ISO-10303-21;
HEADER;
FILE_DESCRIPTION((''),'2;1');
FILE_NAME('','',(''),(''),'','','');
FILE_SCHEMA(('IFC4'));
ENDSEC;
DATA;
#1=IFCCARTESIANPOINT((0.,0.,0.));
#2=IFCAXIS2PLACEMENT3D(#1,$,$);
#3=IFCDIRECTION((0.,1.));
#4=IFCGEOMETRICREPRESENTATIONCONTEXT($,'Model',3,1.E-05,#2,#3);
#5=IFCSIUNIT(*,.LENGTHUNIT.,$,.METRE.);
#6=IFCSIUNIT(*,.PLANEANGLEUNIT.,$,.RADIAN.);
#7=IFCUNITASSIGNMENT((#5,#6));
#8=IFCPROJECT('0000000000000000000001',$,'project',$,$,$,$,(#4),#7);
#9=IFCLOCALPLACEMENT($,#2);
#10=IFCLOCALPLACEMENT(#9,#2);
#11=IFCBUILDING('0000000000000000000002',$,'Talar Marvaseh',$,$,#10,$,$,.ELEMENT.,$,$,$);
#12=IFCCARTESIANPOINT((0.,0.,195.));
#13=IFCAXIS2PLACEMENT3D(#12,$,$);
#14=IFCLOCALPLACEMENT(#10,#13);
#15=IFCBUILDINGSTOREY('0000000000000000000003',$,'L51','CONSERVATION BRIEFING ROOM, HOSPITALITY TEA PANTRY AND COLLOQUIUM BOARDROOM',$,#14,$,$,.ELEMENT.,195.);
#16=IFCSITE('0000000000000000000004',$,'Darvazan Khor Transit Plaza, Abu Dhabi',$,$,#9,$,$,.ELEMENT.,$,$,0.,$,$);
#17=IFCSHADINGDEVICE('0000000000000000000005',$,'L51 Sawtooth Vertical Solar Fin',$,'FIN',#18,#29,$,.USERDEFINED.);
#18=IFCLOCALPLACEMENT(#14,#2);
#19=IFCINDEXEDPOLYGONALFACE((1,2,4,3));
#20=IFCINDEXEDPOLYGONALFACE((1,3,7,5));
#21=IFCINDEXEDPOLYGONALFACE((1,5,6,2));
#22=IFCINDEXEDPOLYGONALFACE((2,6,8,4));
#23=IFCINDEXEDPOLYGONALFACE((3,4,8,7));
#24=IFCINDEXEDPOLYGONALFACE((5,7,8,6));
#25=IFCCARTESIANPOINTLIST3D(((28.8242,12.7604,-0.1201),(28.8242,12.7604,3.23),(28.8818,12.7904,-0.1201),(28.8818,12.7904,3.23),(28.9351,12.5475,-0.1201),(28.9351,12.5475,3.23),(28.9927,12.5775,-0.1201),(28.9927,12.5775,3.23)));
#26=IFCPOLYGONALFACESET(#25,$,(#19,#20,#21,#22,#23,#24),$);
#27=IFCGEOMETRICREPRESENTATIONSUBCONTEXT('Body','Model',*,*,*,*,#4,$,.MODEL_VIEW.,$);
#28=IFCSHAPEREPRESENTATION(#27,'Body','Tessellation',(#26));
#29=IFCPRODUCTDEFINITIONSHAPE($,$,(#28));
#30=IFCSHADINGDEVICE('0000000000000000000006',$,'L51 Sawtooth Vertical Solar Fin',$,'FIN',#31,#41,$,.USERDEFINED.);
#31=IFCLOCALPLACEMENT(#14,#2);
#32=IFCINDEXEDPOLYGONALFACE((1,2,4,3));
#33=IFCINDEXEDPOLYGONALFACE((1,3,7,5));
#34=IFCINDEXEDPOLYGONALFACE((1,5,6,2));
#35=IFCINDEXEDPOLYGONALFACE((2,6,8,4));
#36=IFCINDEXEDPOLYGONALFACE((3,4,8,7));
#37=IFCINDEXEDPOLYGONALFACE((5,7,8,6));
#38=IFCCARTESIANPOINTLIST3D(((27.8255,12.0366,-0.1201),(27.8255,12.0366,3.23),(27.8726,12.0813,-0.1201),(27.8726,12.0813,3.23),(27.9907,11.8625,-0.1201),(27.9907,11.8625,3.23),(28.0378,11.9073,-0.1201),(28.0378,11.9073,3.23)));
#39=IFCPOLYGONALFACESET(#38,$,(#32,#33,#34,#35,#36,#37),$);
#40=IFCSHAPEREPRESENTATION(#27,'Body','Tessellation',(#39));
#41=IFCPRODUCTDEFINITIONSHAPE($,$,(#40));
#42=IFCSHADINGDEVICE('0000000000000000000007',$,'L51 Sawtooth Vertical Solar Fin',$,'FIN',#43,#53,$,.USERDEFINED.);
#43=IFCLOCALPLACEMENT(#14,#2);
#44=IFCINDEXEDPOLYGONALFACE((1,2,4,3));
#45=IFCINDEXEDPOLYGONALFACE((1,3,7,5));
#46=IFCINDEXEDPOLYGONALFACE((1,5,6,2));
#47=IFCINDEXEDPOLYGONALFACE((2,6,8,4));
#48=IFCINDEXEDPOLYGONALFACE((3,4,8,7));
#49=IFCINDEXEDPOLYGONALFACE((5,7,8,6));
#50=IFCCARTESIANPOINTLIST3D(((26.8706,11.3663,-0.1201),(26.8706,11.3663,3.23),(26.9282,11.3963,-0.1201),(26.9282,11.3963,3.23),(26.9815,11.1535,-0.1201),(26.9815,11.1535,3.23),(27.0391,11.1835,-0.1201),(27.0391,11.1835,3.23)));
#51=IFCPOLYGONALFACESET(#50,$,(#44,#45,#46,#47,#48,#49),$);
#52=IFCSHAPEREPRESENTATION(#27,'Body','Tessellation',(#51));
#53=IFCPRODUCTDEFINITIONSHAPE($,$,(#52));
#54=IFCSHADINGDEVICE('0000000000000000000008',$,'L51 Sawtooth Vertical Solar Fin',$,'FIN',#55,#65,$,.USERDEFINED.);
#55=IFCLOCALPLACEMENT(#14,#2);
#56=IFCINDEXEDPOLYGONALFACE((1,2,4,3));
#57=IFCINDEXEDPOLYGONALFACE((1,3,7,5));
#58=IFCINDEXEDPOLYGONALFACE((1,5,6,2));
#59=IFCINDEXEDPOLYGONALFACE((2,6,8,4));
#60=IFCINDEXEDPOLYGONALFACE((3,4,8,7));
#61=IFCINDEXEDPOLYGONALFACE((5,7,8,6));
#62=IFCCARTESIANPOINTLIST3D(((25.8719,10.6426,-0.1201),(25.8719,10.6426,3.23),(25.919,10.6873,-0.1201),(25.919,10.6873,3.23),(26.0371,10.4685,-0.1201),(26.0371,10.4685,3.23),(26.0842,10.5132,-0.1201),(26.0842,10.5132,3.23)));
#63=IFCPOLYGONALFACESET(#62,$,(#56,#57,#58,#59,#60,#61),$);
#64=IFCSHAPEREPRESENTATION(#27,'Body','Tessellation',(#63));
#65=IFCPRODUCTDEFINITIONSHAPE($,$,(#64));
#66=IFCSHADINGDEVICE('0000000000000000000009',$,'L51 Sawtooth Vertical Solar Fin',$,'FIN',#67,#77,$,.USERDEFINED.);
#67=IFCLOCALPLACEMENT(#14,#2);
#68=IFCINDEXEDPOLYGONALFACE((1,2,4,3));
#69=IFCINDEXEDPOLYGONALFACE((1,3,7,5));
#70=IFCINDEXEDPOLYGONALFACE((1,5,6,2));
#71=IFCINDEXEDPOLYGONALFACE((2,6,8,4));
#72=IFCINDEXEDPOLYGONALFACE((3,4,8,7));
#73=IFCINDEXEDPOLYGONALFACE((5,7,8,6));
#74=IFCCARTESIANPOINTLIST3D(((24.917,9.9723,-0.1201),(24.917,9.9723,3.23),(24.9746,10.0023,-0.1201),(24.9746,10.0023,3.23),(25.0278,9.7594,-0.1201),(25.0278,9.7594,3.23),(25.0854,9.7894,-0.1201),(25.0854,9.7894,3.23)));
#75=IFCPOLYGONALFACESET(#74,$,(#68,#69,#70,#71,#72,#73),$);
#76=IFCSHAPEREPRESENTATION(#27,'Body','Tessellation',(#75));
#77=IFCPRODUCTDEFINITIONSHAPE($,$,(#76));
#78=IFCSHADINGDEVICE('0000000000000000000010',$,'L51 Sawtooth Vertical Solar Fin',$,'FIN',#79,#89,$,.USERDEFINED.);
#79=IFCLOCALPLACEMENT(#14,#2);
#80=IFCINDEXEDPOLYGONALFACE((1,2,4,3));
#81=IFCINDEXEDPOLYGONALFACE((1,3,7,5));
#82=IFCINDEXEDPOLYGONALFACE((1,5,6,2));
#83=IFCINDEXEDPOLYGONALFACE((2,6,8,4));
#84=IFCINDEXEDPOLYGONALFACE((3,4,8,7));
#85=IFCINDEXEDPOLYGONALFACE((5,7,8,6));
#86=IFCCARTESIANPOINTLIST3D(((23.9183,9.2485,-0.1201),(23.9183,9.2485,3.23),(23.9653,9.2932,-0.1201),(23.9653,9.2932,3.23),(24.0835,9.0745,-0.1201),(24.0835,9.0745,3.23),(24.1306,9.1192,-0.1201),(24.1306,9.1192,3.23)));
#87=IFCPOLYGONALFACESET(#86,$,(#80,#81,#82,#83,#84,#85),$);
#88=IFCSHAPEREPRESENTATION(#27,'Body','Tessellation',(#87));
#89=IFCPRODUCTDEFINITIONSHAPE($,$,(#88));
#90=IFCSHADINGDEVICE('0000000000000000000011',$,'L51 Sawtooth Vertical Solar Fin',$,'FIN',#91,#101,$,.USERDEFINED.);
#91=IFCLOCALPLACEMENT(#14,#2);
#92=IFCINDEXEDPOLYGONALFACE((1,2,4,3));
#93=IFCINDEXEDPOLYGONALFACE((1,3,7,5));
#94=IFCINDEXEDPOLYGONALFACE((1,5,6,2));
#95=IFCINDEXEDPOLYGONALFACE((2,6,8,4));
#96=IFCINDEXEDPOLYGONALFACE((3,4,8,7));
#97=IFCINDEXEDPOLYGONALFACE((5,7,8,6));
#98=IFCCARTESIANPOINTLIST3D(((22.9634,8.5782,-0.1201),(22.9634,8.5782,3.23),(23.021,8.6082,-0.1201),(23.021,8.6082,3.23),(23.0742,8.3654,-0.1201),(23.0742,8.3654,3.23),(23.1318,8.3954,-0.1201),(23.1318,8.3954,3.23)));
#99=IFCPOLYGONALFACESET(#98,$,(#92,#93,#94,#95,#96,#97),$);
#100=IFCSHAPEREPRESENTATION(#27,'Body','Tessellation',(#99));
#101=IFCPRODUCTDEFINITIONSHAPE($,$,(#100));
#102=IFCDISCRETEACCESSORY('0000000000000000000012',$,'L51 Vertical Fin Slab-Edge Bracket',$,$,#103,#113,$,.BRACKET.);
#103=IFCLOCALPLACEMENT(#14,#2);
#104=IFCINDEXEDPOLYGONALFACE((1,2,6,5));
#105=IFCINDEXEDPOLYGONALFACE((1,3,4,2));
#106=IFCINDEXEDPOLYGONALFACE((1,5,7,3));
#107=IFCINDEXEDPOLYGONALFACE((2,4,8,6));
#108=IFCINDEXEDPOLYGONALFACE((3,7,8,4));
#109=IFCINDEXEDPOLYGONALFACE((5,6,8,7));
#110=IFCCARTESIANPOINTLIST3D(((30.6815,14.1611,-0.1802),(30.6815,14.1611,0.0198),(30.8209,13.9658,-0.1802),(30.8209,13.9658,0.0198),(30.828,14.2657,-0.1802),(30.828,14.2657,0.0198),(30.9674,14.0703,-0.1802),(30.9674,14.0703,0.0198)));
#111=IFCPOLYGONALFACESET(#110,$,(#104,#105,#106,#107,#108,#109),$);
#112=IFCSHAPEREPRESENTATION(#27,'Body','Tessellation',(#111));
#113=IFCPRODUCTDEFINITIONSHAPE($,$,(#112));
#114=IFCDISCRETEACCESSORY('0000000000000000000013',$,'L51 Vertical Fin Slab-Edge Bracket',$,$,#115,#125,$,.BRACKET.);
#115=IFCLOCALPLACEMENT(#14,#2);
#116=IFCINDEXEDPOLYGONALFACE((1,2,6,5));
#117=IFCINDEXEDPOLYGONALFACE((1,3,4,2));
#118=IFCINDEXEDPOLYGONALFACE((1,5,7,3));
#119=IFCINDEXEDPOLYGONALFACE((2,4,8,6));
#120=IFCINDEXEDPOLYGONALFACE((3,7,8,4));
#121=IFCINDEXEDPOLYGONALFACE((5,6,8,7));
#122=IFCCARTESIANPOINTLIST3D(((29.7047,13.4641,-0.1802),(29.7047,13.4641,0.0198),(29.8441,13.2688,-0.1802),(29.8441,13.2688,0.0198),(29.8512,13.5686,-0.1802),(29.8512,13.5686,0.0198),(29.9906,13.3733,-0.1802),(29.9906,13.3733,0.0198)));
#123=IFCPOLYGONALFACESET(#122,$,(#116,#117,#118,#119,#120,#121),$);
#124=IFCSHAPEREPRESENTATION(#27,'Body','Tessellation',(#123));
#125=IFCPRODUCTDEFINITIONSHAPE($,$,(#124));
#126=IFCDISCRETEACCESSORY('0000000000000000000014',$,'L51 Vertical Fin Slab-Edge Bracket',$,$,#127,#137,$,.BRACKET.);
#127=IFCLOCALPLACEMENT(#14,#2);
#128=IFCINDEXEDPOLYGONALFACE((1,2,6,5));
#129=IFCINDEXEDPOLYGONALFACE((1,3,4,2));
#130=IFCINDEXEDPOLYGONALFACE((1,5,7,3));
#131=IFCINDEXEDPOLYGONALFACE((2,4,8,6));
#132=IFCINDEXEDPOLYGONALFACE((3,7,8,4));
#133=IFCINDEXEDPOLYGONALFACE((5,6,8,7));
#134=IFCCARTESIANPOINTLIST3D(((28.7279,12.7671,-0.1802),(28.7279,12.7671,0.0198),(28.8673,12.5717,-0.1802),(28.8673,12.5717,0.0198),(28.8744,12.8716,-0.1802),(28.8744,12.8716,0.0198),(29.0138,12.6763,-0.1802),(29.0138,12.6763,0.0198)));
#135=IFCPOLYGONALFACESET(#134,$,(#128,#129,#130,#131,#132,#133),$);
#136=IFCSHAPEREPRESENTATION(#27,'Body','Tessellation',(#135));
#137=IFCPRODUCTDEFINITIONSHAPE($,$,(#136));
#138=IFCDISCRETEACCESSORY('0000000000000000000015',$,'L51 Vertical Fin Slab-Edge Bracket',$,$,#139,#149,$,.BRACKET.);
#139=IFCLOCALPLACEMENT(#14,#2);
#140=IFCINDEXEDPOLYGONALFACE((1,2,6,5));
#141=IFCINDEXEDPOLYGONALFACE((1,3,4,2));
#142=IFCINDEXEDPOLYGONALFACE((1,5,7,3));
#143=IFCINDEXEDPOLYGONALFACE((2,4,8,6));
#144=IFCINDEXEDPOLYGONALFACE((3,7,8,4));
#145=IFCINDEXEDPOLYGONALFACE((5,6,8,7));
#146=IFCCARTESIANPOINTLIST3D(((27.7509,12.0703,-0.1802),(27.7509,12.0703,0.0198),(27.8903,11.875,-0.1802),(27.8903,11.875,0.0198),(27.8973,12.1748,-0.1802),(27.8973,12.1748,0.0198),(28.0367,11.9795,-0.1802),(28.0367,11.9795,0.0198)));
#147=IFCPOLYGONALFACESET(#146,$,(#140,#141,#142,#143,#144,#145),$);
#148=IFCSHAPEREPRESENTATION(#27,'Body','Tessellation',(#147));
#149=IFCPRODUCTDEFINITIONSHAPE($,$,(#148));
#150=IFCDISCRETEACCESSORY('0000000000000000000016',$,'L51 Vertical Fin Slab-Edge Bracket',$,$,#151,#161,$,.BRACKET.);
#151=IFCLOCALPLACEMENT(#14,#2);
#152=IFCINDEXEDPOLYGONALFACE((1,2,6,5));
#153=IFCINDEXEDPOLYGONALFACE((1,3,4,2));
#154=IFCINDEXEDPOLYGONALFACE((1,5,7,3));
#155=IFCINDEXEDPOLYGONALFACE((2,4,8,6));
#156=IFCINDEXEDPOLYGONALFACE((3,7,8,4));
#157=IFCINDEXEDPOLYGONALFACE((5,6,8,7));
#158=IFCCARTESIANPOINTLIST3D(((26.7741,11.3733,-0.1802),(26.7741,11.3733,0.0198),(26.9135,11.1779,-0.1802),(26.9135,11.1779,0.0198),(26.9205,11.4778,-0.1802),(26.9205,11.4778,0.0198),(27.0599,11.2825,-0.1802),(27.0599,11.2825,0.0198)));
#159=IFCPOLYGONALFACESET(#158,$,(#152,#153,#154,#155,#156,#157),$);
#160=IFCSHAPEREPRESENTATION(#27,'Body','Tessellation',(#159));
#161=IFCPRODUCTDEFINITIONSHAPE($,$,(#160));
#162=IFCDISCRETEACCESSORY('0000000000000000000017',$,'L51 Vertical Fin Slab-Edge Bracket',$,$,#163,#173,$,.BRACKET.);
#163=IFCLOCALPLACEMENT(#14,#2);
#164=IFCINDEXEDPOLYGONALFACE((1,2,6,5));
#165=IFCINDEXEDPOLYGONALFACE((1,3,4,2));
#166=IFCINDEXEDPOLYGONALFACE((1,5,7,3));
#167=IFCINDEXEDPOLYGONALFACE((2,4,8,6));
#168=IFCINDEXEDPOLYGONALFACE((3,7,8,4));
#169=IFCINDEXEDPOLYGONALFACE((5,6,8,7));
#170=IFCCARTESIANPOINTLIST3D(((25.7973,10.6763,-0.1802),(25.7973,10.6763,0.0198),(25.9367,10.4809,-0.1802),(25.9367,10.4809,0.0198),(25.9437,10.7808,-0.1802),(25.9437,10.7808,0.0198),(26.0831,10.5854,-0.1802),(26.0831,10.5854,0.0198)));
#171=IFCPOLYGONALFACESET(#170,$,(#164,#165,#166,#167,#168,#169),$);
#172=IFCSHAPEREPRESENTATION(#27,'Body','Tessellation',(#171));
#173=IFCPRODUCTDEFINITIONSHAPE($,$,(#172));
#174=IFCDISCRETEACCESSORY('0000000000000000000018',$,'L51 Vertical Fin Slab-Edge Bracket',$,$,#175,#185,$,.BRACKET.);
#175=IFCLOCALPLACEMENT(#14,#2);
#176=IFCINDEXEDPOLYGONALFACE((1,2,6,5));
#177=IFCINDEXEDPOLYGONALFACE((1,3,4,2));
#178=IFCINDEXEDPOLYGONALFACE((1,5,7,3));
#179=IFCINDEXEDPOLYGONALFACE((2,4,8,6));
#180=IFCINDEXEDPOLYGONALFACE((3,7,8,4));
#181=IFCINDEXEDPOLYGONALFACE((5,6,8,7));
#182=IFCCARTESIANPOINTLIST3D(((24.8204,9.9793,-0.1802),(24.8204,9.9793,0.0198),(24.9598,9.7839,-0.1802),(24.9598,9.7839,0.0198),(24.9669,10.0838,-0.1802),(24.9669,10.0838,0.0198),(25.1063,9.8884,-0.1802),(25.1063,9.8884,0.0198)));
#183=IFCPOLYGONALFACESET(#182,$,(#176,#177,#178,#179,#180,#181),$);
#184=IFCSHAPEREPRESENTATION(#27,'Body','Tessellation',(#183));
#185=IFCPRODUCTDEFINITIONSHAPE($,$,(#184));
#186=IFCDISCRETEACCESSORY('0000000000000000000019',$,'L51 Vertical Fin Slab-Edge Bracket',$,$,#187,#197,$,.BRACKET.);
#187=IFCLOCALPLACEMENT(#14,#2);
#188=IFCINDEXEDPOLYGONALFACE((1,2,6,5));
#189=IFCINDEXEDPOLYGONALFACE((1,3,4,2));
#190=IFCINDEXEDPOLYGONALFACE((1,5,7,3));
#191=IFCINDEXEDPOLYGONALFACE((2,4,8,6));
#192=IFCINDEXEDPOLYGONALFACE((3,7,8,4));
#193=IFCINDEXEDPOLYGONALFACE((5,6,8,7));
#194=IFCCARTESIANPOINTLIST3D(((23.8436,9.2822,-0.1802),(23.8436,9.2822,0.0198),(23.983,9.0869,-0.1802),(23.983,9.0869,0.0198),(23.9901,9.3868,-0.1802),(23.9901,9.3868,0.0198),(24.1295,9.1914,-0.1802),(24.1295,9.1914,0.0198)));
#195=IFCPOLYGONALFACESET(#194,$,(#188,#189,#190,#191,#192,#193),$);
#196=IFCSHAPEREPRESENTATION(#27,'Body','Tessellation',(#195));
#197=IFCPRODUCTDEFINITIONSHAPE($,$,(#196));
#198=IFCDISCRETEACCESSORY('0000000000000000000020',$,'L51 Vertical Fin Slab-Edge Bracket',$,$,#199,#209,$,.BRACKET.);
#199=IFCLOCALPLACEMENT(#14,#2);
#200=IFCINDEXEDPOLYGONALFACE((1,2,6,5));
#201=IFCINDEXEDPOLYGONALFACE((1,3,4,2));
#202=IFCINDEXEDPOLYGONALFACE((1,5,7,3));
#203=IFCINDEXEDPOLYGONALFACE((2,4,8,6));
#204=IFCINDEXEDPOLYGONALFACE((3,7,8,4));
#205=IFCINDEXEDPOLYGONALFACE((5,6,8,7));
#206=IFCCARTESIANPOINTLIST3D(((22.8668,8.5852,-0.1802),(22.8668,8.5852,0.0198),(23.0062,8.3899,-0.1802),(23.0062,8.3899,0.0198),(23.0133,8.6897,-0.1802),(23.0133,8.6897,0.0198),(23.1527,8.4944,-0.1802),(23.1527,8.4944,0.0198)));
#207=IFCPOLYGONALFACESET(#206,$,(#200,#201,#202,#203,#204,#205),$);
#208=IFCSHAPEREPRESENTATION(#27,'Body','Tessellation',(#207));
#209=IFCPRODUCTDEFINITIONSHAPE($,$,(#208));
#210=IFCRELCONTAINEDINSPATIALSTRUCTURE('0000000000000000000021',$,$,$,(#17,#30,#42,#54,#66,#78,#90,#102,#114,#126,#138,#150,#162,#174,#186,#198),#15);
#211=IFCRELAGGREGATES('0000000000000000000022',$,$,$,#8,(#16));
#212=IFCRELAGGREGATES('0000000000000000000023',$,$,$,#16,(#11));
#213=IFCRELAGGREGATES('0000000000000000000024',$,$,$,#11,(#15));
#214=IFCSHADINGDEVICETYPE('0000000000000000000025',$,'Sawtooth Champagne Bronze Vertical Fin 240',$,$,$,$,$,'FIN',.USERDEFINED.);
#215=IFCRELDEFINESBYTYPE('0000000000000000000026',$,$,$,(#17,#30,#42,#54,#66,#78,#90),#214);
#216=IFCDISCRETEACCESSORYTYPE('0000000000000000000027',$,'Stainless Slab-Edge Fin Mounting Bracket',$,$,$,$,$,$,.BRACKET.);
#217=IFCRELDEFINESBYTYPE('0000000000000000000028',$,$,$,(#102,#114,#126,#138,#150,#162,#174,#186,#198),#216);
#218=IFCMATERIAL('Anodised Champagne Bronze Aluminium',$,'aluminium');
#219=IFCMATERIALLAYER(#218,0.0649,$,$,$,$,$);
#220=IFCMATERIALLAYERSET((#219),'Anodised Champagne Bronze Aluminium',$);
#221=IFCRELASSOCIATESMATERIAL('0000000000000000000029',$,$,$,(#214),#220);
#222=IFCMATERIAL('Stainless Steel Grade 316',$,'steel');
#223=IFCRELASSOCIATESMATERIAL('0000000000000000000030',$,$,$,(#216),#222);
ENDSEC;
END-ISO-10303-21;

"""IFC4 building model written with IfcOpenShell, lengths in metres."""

from ifc_helpers import new_model, si_unit, direction, frame, origin, origin_2d, place, context, subcontext, project, spatial, rectangle, extrude, source, transform, mapped, material, layer, layer_set, type_object, type_shapes, element, save


model = new_model("IFC4")

# Units and contexts
model_context = context("Model", 3, precision=1e-05, world=origin(), true_north=direction((0.0, 1.0)))
body_context = subcontext(model_context, "Body", "Model", "MODEL_VIEW")
ifc_project = project(units=[si_unit("LENGTHUNIT", "METRE"), si_unit("PLANEANGLEUNIT", "RADIAN")], contexts=[model_context])

# Site, building, storey
site_placement = place(None, origin())
site = spatial("IfcSite", under=ifc_project, at=site_placement, Name="Darvazan Khor Transit Plaza, Abu Dhabi", CompositionType="ELEMENT", RefElevation=0.0)
building_placement = place(site_placement, origin())
building = spatial("IfcBuilding", under=site, at=building_placement, Name="Talar Marvaseh", CompositionType="ELEMENT")
storey_placement = place(building_placement, frame((0.0, 0.0, 195.0)))
storey = spatial("IfcBuildingStorey", under=building, at=storey_placement, Name="L51", Description="CONSERVATION BRIEFING ROOM, HOSPITALITY TEA PANTRY AND COLLOQUIUM BOARDROOM", CompositionType="ELEMENT", Elevation=195.0)

# Shading devices
ifc_material_1 = material(Name="Anodised Champagne Bronze Aluminium", Category="aluminium")
ifc_layer_1 = layer(ifc_material_1, 0.0649)
ifc_layer_set_1 = layer_set([ifc_layer_1], Name="Anodised Champagne Bronze Aluminium")
shading_device_type = type_object("IfcShadingDeviceType", Name="Sawtooth Champagne Bronze Vertical Fin 240", ElementType="FIN", PredefinedType="USERDEFINED", material=ifc_layer_set_1)
shared_shape_1 = source(origin(), body_context, "Body", "SweptSolid", [
    extrude(rectangle(XDim=0.24, YDim=0.0649, at=origin_2d()), origin(), (0.0, 0.0, 1.0), 3.3501),
])
type_shapes(shading_device_type, [shared_shape_1])
for number, where, z_axis, x_axis, name in (
    (1, (28.9084, 12.6689, -0.1201), (0.0, 0.0, 1.0), (0.461903, -0.88693, 0.0), "L51 Sawtooth Vertical Solar Fin"),
    (2, (27.9316, 11.9719, -0.1201), (0.0, 0.0, 1.0), (0.688481, -0.725254, 0.0), "L51 Sawtooth Vertical Solar Fin"),
    (3, (26.9548, 11.2749, -0.1201), (0.0, 0.0, 1.0), (0.461903, -0.88693, 0.0), "L51 Sawtooth Vertical Solar Fin"),
    (4, (25.978, 10.5779, -0.1201), (0.0, 0.0, 1.0), (0.688481, -0.725254, 0.0), "L51 Sawtooth Vertical Solar Fin"),
    (5, (25.0012, 9.8809, -0.1201), (0.0, 0.0, 1.0), (0.461903, -0.88693, 0.0), "L51 Sawtooth Vertical Solar Fin"),
    (6, (24.0244, 9.1838, -0.1201), (0.0, 0.0, 1.0), (0.688481, -0.725254, 0.0), "L51 Sawtooth Vertical Solar Fin"),
    (7, (23.0476, 8.4868, -0.1201), (0.0, 0.0, 1.0), (0.461903, -0.88693, 0.0), "L51 Sawtooth Vertical Solar Fin"),
):
    element("IfcShadingDevice", number, at=place(storey_placement, frame(where, z_axis=z_axis, x_axis=x_axis)), inside=storey, type_object=shading_device_type, Name=name, ObjectType="FIN", PredefinedType="USERDEFINED", context=body_context, shape_type="MappedRepresentation", body=[
        mapped(shared_shape_1, transform((0.0, 0.0, 0.0), x_axis=(1.0, 0.0, 0.0), y_axis=(0.0, 1.0, 0.0), z_axis=(0.0, 0.0, 1.0), scale=1.0)),
    ])

# Discrete accessories
ifc_material_2 = material(Name="Stainless Steel Grade 316", Category="steel")
discrete_accessory_type = type_object("IfcDiscreteAccessoryType", Name="Stainless Slab-Edge Fin Mounting Bracket", PredefinedType="BRACKET", material=ifc_material_2)
shared_shape_2 = source(origin(), body_context, "Body", "SweptSolid", [
    extrude(rectangle(XDim=0.24, YDim=0.1799, at=origin_2d()), origin(), (0.0, 0.0, 1.0), 0.2),
])
type_shapes(discrete_accessory_type, [shared_shape_2])
for number, where, z_axis, x_axis, name in (
    (8, (30.8245, 14.1157, -0.1802), (0.0, 0.0, 1.0), (0.580845, -0.814014, 0.0), "L51 Vertical Fin Slab-Edge Bracket"),
    (9, (29.8477, 13.4187, -0.1802), (0.0, 0.0, 1.0), (0.580845, -0.814014, 0.0), "L51 Vertical Fin Slab-Edge Bracket"),
    (10, (28.8708, 12.7217, -0.1802), (0.0, 0.0, 1.0), (0.580845, -0.814014, 0.0), "L51 Vertical Fin Slab-Edge Bracket"),
    (11, (27.8938, 12.0249, -0.1802), (0.0, 0.0, 1.0), (0.580845, -0.814014, 0.0), "L51 Vertical Fin Slab-Edge Bracket"),
    (12, (26.917, 11.3279, -0.1802), (0.0, 0.0, 1.0), (0.580845, -0.814014, 0.0), "L51 Vertical Fin Slab-Edge Bracket"),
    (13, (25.9402, 10.6309, -0.1802), (0.0, 0.0, 1.0), (0.580845, -0.814014, 0.0), "L51 Vertical Fin Slab-Edge Bracket"),
    (14, (24.9634, 9.9338, -0.1802), (0.0, 0.0, 1.0), (0.580845, -0.814014, 0.0), "L51 Vertical Fin Slab-Edge Bracket"),
    (15, (23.9866, 9.2368, -0.1802), (0.0, 0.0, 1.0), (0.580845, -0.814014, 0.0), "L51 Vertical Fin Slab-Edge Bracket"),
    (16, (23.0098, 8.5398, -0.1802), (0.0, 0.0, 1.0), (0.580845, -0.814014, 0.0), "L51 Vertical Fin Slab-Edge Bracket"),
):
    element("IfcDiscreteAccessory", number, at=place(storey_placement, frame(where, z_axis=z_axis, x_axis=x_axis)), inside=storey, type_object=discrete_accessory_type, Name=name, PredefinedType="BRACKET", context=body_context, shape_type="MappedRepresentation", body=[
        mapped(shared_shape_2, transform((0.0, 0.0, 0.0), x_axis=(1.0, 0.0, 0.0), y_axis=(0.0, 1.0, 0.0), z_axis=(0.0, 0.0, 1.0), scale=1.0)),
    ])

save(model, "model.ifc")
